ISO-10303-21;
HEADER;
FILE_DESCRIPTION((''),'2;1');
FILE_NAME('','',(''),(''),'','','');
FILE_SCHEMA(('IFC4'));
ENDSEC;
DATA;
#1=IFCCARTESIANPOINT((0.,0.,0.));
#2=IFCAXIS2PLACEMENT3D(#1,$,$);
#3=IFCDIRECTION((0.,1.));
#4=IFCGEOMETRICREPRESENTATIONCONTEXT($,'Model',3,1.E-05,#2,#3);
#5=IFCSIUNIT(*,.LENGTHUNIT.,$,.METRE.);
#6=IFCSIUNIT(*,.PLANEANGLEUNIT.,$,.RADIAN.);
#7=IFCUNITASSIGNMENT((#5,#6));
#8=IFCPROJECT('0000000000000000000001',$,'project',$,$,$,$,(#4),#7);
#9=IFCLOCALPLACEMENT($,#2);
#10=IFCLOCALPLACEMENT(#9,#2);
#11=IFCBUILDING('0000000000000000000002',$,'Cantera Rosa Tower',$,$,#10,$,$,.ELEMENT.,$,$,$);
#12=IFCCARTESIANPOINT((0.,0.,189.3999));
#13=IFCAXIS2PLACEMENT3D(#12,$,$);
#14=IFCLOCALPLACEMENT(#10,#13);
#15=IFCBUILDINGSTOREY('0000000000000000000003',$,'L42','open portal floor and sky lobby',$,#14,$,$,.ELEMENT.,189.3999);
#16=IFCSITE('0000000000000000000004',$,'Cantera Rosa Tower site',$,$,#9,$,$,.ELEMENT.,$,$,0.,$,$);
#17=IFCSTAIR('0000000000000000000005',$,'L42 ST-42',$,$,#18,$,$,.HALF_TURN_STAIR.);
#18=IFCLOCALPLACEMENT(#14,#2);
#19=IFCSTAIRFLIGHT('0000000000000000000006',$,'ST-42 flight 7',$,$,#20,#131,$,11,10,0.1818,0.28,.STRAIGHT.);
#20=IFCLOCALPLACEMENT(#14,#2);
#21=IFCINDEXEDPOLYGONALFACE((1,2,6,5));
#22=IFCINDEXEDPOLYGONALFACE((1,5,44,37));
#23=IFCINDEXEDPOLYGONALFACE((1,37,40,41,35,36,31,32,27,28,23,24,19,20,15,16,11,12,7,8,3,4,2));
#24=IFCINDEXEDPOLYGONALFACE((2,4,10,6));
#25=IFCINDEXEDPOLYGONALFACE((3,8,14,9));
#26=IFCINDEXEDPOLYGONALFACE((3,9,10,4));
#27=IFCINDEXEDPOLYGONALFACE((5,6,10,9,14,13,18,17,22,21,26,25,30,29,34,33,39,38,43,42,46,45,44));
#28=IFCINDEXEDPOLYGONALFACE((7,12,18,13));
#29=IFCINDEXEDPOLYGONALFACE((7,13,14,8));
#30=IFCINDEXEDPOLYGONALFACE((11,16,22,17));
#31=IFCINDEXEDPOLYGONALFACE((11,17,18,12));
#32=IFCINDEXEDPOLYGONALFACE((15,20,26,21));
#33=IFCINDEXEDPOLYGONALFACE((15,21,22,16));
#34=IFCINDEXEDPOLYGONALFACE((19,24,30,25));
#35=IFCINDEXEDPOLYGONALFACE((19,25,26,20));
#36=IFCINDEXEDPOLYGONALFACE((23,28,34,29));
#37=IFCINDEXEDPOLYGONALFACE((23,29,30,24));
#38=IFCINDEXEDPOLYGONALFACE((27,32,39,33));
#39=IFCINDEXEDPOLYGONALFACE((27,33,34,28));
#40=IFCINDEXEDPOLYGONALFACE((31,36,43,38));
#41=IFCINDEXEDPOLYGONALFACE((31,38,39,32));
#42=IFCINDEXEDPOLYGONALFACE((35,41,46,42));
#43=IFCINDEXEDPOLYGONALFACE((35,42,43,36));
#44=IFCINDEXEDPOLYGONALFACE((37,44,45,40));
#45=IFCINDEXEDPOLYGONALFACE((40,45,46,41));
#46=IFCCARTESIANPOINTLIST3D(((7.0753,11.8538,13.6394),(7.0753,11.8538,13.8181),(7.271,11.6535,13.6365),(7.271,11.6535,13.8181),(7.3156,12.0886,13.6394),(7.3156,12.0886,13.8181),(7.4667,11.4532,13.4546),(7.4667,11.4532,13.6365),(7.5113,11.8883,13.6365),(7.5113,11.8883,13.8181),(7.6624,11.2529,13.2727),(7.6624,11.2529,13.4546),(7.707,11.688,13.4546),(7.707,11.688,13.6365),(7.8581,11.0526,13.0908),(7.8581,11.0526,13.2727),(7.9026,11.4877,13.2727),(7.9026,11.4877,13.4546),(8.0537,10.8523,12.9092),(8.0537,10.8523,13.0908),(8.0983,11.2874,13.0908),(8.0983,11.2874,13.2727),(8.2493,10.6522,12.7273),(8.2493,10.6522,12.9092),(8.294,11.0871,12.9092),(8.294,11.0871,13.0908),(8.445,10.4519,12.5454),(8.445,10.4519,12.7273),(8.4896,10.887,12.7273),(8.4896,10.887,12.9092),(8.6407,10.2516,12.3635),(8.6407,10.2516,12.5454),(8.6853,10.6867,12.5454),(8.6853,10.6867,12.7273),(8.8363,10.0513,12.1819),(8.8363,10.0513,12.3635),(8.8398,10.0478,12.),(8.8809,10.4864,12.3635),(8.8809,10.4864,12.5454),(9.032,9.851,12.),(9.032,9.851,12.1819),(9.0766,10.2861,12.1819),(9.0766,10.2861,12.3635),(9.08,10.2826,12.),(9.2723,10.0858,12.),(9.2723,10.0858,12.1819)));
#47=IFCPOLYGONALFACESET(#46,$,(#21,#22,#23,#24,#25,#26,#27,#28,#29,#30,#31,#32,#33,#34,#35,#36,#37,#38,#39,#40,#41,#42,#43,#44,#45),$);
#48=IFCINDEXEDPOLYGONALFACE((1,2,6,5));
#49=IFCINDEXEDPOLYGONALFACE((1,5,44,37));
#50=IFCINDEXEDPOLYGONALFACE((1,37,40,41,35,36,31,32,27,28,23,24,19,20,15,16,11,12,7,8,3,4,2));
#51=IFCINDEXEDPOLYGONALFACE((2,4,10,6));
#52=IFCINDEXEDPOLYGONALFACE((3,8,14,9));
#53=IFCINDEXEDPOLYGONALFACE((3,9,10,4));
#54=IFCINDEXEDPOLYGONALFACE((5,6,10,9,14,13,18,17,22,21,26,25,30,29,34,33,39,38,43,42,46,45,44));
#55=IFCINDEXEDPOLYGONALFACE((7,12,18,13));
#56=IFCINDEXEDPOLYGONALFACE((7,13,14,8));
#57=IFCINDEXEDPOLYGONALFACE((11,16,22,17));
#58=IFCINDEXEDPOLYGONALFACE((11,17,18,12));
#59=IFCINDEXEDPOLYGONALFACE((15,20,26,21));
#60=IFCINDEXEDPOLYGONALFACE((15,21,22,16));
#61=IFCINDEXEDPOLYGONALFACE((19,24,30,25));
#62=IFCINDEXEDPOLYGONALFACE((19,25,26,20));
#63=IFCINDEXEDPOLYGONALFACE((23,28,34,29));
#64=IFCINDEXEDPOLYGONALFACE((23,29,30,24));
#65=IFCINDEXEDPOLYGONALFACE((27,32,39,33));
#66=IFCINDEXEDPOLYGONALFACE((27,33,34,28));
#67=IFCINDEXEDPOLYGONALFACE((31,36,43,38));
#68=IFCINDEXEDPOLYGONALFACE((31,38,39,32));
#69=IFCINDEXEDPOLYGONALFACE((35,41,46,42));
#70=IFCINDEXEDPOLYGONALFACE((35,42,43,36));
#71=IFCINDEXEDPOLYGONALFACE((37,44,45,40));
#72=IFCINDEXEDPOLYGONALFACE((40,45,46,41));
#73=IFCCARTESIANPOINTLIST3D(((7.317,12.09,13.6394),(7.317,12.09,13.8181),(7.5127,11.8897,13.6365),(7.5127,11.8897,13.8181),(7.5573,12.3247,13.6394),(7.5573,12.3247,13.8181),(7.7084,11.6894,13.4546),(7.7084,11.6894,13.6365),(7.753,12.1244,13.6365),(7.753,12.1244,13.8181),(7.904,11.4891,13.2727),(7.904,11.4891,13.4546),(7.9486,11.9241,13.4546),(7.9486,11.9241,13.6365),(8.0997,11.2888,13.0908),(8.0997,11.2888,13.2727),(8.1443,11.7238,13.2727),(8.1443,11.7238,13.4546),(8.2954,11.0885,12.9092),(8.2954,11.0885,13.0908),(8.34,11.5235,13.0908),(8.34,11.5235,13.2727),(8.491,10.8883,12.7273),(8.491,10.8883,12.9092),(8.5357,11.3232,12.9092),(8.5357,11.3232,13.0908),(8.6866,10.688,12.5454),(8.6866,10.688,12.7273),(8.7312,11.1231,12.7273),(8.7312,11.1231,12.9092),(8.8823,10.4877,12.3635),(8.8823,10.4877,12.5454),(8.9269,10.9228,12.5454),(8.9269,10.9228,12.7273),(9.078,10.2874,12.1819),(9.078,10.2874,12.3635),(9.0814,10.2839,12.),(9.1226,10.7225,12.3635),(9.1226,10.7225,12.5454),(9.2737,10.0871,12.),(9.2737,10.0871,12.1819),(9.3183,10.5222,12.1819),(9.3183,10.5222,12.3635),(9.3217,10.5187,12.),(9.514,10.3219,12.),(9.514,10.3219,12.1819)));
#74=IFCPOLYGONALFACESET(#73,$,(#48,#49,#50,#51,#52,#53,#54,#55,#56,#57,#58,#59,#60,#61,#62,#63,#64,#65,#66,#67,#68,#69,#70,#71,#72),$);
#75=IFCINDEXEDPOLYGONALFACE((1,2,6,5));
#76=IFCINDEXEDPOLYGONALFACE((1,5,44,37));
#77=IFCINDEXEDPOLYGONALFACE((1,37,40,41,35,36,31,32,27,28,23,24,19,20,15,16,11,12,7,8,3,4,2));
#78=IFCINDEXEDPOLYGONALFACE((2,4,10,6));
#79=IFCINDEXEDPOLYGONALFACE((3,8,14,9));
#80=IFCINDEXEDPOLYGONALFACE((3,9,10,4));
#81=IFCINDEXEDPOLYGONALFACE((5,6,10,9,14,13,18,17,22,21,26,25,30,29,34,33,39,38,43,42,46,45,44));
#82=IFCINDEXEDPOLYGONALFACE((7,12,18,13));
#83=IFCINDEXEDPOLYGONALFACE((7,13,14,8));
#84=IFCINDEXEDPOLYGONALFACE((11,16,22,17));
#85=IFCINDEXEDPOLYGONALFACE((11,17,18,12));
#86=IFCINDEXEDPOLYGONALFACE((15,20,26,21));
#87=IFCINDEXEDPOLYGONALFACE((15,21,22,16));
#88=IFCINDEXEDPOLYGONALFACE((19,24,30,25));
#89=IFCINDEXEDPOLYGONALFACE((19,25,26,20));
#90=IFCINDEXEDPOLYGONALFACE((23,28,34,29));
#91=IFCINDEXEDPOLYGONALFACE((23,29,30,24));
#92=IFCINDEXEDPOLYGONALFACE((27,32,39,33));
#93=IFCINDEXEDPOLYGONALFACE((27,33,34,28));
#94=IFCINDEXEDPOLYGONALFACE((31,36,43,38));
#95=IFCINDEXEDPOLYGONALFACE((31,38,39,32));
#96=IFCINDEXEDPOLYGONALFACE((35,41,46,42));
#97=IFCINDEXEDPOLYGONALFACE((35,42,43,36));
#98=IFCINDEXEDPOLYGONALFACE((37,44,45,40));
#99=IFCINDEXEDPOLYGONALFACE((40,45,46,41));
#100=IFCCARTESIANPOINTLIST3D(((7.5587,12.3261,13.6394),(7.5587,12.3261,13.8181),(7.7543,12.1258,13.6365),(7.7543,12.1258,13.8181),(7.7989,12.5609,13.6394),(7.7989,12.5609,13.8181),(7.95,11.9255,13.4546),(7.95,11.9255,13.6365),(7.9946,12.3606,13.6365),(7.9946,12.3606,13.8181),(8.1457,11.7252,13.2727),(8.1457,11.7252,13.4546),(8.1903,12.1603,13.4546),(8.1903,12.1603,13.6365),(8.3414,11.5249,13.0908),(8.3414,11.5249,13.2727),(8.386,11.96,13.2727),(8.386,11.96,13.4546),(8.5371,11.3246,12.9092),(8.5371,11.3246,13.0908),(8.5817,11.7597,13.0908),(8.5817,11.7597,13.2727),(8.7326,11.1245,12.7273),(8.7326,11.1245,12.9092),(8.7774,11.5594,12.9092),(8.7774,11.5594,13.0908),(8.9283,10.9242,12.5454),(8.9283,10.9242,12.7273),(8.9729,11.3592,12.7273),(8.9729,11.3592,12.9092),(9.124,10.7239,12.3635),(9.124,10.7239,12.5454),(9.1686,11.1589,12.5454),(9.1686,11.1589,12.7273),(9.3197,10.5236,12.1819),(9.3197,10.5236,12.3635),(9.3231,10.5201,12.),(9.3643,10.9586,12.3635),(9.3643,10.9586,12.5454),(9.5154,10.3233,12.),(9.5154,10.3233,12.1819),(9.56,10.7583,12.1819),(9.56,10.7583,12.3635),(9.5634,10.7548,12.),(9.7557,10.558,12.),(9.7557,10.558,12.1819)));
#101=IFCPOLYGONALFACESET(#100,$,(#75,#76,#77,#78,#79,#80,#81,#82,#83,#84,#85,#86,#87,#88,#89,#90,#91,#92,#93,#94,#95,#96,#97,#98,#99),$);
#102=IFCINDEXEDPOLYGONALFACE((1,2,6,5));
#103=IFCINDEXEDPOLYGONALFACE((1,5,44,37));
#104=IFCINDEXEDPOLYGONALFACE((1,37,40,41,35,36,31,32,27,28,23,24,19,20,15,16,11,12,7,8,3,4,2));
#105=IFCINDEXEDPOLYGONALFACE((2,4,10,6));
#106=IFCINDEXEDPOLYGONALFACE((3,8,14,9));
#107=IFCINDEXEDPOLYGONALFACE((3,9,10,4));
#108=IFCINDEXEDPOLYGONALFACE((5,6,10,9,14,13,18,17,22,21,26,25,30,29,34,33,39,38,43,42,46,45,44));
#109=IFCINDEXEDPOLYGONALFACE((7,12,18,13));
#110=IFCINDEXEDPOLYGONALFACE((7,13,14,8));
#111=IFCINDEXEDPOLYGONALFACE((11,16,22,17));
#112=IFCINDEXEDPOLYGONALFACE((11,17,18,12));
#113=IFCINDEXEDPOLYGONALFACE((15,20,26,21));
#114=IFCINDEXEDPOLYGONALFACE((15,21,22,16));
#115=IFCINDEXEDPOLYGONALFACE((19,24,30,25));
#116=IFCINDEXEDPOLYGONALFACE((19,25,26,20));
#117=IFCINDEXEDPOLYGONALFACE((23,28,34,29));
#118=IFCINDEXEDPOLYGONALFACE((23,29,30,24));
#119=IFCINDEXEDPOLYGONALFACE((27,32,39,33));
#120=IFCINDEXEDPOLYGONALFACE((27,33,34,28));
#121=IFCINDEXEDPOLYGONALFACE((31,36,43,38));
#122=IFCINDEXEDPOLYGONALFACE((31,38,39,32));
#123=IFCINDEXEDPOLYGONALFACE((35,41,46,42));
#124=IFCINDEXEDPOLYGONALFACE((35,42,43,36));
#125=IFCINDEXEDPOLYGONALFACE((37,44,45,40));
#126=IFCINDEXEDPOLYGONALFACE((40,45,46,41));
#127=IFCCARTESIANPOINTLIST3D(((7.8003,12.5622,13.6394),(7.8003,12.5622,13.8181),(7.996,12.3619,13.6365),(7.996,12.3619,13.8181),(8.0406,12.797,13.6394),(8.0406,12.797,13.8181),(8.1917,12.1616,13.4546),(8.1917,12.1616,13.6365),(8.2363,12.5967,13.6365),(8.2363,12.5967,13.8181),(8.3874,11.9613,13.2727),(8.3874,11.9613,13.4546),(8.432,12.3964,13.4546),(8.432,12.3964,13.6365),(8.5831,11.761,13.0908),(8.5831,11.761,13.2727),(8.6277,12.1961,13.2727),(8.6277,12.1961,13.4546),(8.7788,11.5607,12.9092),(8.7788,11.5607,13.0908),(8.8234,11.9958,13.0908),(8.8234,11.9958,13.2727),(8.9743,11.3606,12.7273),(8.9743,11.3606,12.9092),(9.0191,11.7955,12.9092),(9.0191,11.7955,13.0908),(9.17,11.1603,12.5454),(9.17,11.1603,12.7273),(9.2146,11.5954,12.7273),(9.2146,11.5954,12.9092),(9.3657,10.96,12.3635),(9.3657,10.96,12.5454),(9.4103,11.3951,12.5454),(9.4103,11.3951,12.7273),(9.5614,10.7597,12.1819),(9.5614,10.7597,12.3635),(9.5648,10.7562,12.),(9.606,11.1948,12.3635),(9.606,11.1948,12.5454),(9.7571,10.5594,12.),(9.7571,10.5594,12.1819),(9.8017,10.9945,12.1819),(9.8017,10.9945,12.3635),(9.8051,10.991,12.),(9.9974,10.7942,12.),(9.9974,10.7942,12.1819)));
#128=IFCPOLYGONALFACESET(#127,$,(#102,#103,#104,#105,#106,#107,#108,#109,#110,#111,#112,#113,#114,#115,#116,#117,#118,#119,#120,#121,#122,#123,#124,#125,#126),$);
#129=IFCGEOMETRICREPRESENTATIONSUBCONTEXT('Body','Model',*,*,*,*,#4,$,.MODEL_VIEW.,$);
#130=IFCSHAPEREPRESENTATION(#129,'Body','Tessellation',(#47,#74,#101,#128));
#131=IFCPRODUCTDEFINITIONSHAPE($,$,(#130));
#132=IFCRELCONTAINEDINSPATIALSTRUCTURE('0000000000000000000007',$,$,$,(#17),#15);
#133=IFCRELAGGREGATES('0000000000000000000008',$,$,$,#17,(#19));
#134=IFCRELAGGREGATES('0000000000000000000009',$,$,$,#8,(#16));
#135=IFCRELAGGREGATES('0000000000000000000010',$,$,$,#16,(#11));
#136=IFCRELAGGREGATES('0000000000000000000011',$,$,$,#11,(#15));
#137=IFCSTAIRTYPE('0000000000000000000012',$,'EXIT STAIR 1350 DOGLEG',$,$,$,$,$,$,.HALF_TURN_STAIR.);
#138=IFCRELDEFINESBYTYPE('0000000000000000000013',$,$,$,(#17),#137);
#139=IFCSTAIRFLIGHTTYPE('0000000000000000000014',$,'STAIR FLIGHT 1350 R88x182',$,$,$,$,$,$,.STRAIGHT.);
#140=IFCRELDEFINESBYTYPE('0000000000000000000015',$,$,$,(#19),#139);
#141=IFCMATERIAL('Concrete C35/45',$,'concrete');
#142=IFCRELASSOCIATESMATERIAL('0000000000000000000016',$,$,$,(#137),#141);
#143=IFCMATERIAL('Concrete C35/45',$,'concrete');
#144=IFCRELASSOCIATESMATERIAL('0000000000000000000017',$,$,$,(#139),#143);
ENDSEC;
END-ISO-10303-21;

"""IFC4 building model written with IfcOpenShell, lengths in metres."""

from ifc_helpers import new_model, si_unit, direction, frame, origin, place, context, subcontext, project, spatial, polyline, outline, extrude, material, type_object, element, aggregate, save


model = new_model("IFC4")

# Units and contexts
model_context = context("Model", 3, precision=1e-05, world=origin(), true_north=direction((0.0, 1.0)))
body_context = subcontext(model_context, "Body", "Model", "MODEL_VIEW")
ifc_project = project(units=[si_unit("LENGTHUNIT", "METRE"), si_unit("PLANEANGLEUNIT", "RADIAN")], contexts=[model_context])

# Site, building, storey
site_placement = place(None, origin())
site = spatial("IfcSite", under=ifc_project, at=site_placement, Name="Cantera Rosa Tower site", CompositionType="ELEMENT", RefElevation=0.0)
building_placement = place(site_placement, origin())
building = spatial("IfcBuilding", under=site, at=building_placement, Name="Cantera Rosa Tower", CompositionType="ELEMENT")
storey_placement = place(building_placement, frame((0.0, 0.0, 189.3999)))
storey = spatial("IfcBuildingStorey", under=building, at=storey_placement, Name="L42", Description="open portal floor and sky lobby", CompositionType="ELEMENT", Elevation=189.3999)

# Shared definitions
ifc_material_1 = material(Name="Concrete C35/45", Category="concrete")
stair_type = type_object("IfcStairType", Name="EXIT STAIR 1350 DOGLEG", PredefinedType="HALF_TURN_STAIR", material=ifc_material_1)
ifc_material_2 = material(Name="Concrete C35/45", Category="concrete")
stair_flight_type = type_object("IfcStairFlightType", Name="STAIR FLIGHT 1350 R88x182", PredefinedType="STRAIGHT", material=ifc_material_2)

# Stair, stair flight
stair_1_placement = place(storey_placement, origin())
stair_1 = element("IfcStair", 1, at=stair_1_placement, inside=storey, type_object=stair_type, Name="L42 ST-42", PredefinedType="HALF_TURN_STAIR")
stair_flight_1_placement = place(storey_placement, frame((9.5149, 10.3228, 12.0), z_axis=(0.0, 0.0, 1.0), x_axis=(-0.698832, 0.715286, 0.0)))
stair_flight_1 = element("IfcStairFlight", 2, at=stair_flight_1_placement, type_object=stair_flight_type, Name="ST-42 flight 7", NumberOfRisers=11, NumberOfTreads=10, PredefinedType="STRAIGHT", RiserHeight=0.1818, TreadLength=0.28, context=body_context, shape_type="SweptSolid", body=[
    extrude(outline(polyline([(0.0, 0.0), (0.0, 0.1819), (0.28, 0.1819), (0.28, 0.3635), (0.5601, 0.3635), (0.5601, 0.5454), (0.8401, 0.5454), (0.8401, 0.7273), (1.1201, 0.7273), (1.1201, 0.9092), (1.3999, 0.9092), (1.3999, 1.0908), (1.6799, 1.0908), (1.6799, 1.2727), (1.96, 1.2727), (1.96, 1.4546), (2.24, 1.4546), (2.24, 1.6365), (2.52, 1.6365), (2.52, 1.8181), (2.8, 1.8181), (2.8, 2.0), (2.8, 1.6394), (0.2751, 0.0), (0.0, 0.0)])), frame((0.0, 0.675, 0.0), z_axis=(0.0, -1.0, 0.0), x_axis=(1.0, 0.0, 0.0)), (0.0, 0.0, 1.0), 0.3359),
    extrude(outline(polyline([(0.0, 0.0), (0.0, 0.1819), (0.28, 0.1819), (0.28, 0.3635), (0.5601, 0.3635), (0.5601, 0.5454), (0.8401, 0.5454), (0.8401, 0.7273), (1.1201, 0.7273), (1.1201, 0.9092), (1.3999, 0.9092), (1.3999, 1.0908), (1.6799, 1.0908), (1.6799, 1.2727), (1.96, 1.2727), (1.96, 1.4546), (2.24, 1.4546), (2.24, 1.6365), (2.52, 1.6365), (2.52, 1.8181), (2.8, 1.8181), (2.8, 2.0), (2.8, 1.6394), (0.2751, 0.0), (0.0, 0.0)])), frame((0.0, 0.3372, 0.0), z_axis=(0.0, -1.0, 0.0), x_axis=(1.0, 0.0, 0.0)), (0.0, 0.0, 1.0), 0.3359),
    extrude(outline(polyline([(0.0, 0.0), (0.0, 0.1819), (0.28, 0.1819), (0.28, 0.3635), (0.5601, 0.3635), (0.5601, 0.5454), (0.8401, 0.5454), (0.8401, 0.7273), (1.1201, 0.7273), (1.1201, 0.9092), (1.3999, 0.9092), (1.3999, 1.0908), (1.6799, 1.0908), (1.6799, 1.2727), (1.96, 1.2727), (1.96, 1.4546), (2.24, 1.4546), (2.24, 1.6365), (2.52, 1.6365), (2.52, 1.8181), (2.8, 1.8181), (2.8, 2.0), (2.8, 1.6394), (0.2751, 0.0), (0.0, 0.0)])), frame((0.0, -0.0007, 0.0), z_axis=(0.0, -1.0, 0.0), x_axis=(1.0, 0.0, 0.0)), (0.0, 0.0, 1.0), 0.3359),
    extrude(outline(polyline([(0.0, 0.0), (0.0, 0.1819), (0.28, 0.1819), (0.28, 0.3635), (0.5601, 0.3635), (0.5601, 0.5454), (0.8401, 0.5454), (0.8401, 0.7273), (1.1201, 0.7273), (1.1201, 0.9092), (1.3999, 0.9092), (1.3999, 1.0908), (1.6799, 1.0908), (1.6799, 1.2727), (1.96, 1.2727), (1.96, 1.4546), (2.24, 1.4546), (2.24, 1.6365), (2.52, 1.6365), (2.52, 1.8181), (2.8, 1.8181), (2.8, 2.0), (2.8, 1.6394), (0.2751, 0.0), (0.0, 0.0)])), frame((0.0, -0.3386, 0.0), z_axis=(0.0, -1.0, 0.0), x_axis=(1.0, 0.0, 0.0)), (0.0, 0.0, 1.0), 0.3359),
])
aggregate(stair_1, [stair_flight_1])

save(model, "model.ifc")
